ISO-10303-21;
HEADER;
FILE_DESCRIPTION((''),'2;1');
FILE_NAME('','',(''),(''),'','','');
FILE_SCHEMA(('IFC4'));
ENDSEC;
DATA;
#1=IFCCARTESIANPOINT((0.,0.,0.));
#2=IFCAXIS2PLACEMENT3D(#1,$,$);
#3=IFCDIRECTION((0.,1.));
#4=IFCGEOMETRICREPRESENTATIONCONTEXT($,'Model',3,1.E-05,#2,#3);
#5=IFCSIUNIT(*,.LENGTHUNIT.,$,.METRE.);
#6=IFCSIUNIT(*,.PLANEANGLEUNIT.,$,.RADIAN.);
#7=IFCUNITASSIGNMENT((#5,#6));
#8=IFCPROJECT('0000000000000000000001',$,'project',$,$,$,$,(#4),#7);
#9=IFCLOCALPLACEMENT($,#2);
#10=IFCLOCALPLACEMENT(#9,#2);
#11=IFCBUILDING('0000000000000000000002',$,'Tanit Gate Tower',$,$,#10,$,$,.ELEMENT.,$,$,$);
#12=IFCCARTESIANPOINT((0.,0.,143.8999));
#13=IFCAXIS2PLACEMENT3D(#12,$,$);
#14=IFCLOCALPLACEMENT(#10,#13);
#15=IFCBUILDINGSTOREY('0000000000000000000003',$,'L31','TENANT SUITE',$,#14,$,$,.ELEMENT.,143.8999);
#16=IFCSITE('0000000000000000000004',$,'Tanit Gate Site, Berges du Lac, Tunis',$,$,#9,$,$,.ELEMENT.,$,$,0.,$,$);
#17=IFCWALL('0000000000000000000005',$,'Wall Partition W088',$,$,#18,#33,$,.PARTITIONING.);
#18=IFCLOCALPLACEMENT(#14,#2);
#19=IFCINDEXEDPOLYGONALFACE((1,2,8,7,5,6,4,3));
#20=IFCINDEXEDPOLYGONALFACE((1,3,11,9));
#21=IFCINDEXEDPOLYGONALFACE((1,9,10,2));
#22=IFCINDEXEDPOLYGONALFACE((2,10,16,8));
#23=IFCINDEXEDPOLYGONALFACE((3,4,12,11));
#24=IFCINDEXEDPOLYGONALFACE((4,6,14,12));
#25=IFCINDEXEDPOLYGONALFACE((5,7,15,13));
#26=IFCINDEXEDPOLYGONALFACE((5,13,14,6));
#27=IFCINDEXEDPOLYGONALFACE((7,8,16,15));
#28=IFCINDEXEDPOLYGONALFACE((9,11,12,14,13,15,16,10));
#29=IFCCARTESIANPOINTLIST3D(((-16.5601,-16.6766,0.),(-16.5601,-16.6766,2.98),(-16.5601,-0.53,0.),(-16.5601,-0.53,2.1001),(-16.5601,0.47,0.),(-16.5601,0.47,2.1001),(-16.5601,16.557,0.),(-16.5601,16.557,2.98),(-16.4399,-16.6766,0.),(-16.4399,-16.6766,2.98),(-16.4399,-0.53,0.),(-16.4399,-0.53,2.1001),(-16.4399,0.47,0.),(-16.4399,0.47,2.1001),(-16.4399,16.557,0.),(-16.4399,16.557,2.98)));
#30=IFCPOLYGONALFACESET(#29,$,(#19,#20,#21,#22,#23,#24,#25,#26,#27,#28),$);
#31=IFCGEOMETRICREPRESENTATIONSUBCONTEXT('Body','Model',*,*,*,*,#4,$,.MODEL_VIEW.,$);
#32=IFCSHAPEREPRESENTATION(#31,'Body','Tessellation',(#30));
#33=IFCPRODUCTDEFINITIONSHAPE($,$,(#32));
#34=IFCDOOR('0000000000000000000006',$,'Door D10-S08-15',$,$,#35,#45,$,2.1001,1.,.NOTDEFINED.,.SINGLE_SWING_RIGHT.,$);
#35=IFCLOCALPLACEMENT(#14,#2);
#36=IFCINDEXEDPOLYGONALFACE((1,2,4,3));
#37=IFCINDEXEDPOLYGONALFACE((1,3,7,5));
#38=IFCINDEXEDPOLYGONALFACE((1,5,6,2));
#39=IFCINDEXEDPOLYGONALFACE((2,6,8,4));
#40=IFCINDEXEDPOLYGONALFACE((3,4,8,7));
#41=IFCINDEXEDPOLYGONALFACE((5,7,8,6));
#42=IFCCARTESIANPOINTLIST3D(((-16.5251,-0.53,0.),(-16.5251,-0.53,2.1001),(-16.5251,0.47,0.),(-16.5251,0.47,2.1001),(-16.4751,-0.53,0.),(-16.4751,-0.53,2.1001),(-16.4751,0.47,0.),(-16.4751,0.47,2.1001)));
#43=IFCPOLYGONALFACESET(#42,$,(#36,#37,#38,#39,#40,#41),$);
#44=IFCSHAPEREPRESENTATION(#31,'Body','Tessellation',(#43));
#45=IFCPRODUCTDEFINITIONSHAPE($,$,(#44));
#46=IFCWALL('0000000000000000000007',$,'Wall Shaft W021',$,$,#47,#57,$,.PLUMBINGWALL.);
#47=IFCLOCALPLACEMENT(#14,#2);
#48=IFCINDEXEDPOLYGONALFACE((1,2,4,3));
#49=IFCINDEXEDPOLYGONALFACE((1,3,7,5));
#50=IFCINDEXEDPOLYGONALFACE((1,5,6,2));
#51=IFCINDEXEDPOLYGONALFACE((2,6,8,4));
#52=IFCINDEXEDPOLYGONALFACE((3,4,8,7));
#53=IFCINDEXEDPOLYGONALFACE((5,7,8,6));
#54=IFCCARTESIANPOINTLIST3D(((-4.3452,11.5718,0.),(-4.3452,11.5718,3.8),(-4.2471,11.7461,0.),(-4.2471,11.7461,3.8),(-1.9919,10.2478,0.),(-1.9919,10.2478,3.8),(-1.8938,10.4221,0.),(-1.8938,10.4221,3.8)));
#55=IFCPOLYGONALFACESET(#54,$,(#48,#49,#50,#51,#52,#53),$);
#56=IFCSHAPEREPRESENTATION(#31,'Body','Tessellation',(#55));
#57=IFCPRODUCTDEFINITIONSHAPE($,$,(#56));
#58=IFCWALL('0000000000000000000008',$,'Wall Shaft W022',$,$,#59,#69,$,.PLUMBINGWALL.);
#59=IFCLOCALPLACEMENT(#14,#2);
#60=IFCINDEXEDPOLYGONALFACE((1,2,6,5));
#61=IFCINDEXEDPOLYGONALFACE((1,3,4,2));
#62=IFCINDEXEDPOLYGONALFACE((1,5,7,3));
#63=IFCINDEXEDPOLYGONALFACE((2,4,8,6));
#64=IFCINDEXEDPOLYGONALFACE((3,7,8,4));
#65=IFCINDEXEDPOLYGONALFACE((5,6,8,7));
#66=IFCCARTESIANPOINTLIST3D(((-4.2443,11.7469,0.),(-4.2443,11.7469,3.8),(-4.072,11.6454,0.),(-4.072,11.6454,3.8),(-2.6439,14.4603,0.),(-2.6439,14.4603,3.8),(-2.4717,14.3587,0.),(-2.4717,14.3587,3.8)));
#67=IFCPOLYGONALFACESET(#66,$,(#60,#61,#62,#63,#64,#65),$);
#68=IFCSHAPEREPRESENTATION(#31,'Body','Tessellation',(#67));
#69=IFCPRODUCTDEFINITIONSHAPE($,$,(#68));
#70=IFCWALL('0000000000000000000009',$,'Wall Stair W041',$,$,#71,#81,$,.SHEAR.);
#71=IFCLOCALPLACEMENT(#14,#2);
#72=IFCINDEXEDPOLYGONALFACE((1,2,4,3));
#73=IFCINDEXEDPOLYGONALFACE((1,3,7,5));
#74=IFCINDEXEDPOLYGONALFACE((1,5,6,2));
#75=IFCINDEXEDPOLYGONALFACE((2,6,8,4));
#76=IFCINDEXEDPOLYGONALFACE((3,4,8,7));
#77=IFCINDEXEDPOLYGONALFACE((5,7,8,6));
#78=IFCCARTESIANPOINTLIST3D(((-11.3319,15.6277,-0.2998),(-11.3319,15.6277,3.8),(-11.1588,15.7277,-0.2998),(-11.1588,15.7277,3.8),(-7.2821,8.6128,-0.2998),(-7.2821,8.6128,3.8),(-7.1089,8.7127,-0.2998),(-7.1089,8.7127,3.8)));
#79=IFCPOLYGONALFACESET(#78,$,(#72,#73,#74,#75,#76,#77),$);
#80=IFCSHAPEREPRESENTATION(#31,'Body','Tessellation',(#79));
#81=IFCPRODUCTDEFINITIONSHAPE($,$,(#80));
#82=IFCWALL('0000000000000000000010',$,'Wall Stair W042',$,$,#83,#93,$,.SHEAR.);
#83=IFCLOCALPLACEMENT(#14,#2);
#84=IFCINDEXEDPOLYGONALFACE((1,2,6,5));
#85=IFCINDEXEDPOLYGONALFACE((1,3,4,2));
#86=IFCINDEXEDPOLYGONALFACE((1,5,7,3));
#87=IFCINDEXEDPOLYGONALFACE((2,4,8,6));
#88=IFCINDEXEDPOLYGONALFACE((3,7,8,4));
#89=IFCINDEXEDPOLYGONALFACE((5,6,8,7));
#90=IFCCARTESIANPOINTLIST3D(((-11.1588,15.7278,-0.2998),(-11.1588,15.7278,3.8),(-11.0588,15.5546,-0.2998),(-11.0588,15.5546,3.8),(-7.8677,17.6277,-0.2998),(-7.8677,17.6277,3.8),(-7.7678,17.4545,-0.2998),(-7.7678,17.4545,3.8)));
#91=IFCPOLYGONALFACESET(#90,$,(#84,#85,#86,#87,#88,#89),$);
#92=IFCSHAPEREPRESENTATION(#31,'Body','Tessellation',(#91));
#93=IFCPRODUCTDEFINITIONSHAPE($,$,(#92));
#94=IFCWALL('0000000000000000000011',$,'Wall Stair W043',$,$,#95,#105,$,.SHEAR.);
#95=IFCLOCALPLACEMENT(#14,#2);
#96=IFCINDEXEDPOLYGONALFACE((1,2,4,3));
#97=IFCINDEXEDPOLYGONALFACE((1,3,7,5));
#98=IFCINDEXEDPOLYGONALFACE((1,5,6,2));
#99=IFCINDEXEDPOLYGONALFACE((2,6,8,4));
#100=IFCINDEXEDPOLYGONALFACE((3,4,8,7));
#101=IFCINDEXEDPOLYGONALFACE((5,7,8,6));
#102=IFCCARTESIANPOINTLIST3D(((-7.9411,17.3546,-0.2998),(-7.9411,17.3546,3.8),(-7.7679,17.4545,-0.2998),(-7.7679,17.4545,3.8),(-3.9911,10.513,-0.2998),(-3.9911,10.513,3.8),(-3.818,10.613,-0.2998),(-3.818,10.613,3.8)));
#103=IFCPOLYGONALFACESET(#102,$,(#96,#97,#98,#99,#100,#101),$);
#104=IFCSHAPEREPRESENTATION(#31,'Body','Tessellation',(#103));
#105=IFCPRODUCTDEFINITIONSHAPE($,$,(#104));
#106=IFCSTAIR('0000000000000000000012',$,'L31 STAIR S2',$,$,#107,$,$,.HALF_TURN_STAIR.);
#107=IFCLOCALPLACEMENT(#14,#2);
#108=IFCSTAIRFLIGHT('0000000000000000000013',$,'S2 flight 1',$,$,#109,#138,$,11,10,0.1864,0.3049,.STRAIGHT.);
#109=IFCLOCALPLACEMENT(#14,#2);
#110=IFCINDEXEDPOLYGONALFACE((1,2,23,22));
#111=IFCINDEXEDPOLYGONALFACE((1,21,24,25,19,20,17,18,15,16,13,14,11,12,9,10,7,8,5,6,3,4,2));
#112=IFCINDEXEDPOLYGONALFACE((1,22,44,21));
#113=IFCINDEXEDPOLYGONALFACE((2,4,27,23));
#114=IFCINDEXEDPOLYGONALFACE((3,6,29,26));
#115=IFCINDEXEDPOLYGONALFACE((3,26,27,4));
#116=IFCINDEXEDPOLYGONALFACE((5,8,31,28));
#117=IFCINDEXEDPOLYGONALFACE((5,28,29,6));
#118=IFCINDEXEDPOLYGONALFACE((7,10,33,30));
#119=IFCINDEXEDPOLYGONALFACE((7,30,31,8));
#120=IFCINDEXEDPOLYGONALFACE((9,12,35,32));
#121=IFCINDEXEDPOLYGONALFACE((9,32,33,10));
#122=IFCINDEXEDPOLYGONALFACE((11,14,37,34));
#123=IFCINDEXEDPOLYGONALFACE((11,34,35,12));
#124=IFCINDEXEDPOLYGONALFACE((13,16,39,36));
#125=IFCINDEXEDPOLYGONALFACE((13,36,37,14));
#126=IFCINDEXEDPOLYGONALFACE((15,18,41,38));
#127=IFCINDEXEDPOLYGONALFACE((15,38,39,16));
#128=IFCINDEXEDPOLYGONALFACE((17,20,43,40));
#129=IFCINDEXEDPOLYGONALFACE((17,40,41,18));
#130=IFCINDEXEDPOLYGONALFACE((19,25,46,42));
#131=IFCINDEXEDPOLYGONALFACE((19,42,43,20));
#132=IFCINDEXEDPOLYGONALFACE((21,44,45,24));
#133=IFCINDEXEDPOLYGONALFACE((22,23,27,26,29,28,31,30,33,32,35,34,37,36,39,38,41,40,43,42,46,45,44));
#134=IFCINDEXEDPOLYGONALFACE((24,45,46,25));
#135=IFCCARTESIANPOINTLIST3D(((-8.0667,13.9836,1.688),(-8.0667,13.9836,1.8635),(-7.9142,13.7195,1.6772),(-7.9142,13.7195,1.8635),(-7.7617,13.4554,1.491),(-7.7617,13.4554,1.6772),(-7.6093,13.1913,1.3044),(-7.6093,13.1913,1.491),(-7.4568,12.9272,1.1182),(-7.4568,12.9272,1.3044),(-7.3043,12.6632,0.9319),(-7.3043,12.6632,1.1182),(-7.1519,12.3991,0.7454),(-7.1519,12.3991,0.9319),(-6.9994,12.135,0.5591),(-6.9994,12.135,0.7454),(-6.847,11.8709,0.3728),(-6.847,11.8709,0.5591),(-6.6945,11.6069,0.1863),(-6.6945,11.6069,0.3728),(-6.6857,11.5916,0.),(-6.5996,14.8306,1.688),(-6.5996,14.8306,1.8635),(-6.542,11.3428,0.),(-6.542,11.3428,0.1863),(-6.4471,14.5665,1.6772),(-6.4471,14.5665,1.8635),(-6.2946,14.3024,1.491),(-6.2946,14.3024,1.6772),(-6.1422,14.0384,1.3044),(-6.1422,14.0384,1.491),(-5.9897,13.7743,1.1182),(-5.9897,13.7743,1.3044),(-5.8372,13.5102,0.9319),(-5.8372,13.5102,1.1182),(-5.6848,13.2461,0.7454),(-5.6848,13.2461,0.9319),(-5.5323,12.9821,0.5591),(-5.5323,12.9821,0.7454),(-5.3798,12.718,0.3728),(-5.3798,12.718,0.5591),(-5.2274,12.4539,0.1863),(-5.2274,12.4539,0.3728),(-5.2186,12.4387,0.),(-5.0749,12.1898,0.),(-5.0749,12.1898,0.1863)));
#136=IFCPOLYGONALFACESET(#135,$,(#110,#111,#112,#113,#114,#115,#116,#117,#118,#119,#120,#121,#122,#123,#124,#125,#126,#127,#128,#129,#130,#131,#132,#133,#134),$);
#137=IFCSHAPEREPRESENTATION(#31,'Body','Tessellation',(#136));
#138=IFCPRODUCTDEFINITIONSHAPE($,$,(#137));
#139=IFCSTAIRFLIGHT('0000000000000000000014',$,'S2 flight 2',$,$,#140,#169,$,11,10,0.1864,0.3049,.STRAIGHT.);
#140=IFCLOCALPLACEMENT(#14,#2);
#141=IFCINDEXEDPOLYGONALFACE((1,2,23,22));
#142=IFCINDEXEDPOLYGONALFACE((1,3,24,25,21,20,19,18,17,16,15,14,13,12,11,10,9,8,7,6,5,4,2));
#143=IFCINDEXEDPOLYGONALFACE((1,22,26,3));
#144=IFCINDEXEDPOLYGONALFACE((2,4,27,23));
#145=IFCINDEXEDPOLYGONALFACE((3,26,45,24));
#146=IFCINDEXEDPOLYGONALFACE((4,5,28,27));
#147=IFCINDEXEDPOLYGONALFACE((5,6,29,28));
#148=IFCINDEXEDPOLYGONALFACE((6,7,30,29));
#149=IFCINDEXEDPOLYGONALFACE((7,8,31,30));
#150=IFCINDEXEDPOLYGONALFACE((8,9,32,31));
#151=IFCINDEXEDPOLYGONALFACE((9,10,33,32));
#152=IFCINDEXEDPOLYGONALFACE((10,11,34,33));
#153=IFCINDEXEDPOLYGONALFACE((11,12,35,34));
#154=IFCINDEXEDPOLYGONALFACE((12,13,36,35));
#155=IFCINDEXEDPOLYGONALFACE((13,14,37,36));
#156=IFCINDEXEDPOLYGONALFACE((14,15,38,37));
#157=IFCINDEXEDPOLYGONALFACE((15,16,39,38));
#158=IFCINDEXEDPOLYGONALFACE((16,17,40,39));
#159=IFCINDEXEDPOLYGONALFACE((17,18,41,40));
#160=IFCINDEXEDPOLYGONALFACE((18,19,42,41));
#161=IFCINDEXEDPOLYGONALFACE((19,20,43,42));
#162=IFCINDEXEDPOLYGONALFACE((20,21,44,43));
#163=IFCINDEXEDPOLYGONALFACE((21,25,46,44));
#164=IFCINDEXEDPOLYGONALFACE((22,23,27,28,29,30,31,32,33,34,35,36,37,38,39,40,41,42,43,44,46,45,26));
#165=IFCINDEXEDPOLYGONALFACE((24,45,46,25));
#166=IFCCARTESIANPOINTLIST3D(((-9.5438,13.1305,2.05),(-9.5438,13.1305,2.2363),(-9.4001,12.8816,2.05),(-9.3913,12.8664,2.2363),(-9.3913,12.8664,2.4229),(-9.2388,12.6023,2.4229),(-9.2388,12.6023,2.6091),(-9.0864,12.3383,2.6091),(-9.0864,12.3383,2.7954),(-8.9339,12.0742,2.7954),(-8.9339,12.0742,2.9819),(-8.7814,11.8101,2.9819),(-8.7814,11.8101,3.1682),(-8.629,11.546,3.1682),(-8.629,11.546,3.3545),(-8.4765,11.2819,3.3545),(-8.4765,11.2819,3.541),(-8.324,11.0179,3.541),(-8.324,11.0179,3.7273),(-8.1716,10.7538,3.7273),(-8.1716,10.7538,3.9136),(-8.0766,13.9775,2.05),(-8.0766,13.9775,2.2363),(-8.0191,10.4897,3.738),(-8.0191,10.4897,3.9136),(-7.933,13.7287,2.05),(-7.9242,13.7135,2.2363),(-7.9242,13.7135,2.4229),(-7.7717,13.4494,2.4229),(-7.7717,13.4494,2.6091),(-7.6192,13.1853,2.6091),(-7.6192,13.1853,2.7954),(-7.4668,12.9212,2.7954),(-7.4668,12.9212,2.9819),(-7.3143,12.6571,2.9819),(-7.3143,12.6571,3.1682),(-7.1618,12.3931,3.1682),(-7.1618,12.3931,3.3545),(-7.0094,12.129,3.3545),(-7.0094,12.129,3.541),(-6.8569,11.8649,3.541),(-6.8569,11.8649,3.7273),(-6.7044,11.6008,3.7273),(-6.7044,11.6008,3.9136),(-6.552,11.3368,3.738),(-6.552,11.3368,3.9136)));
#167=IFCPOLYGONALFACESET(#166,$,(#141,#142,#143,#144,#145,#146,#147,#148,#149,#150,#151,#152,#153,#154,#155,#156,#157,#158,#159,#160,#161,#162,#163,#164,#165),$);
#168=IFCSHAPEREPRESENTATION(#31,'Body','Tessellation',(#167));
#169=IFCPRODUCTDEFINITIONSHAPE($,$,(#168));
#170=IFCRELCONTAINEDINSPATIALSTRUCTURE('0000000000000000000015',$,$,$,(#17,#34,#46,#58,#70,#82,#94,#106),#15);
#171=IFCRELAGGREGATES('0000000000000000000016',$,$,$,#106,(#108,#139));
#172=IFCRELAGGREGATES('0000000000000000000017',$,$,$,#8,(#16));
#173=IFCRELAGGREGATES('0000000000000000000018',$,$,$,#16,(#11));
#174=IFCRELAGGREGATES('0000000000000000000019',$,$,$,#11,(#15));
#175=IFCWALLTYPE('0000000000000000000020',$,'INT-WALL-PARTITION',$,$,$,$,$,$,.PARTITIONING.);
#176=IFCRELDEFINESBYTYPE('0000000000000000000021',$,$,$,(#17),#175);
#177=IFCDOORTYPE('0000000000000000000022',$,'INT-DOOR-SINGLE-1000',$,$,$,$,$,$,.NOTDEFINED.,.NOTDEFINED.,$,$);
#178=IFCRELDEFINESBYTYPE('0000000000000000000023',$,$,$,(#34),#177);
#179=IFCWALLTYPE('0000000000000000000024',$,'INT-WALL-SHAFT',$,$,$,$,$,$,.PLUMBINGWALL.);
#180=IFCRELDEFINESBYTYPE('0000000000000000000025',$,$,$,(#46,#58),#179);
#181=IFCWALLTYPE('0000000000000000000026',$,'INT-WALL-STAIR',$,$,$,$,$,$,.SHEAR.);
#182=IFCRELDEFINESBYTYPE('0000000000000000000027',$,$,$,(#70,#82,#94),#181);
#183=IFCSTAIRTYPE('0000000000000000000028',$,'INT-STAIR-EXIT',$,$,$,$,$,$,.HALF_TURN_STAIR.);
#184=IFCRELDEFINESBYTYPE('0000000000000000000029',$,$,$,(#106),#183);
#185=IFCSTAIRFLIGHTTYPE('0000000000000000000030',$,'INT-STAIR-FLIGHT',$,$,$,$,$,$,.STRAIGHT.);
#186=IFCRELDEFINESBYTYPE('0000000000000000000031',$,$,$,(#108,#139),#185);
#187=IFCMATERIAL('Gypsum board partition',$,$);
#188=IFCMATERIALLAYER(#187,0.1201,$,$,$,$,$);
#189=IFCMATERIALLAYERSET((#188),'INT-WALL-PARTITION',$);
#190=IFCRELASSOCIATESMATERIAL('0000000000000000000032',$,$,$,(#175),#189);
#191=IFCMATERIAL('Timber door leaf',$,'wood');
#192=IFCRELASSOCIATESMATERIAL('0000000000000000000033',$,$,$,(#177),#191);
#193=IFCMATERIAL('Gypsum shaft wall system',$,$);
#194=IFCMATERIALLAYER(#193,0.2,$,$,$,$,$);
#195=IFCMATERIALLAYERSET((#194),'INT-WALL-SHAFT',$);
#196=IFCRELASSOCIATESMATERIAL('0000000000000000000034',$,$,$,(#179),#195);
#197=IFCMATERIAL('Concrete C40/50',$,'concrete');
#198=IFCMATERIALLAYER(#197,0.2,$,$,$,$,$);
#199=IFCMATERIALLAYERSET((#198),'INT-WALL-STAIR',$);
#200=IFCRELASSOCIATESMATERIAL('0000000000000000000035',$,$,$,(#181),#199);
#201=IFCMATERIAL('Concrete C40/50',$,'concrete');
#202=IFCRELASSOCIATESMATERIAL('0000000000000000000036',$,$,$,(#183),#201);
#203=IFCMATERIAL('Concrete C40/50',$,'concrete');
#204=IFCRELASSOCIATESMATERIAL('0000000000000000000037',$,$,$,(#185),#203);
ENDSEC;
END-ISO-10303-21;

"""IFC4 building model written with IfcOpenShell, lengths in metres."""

from ifc_helpers import new_model, si_unit, direction, frame, frame_2d, origin, place, context, subcontext, project, spatial, polyline, rectangle, outline, extrude, material, layer, layer_set, type_object, element, fill, aggregate, save


model = new_model("IFC4")

# Units and contexts
model_context = context("Model", 3, precision=1e-05, world=origin(), true_north=direction((0.0, 1.0)))
body_context = subcontext(model_context, "Body", "Model", "MODEL_VIEW")
ifc_project = project(units=[si_unit("LENGTHUNIT", "METRE"), si_unit("PLANEANGLEUNIT", "RADIAN")], contexts=[model_context])

# Site, building, storey
site_placement = place(None, origin())
site = spatial("IfcSite", under=ifc_project, at=site_placement, Name="Tanit Gate Site, Berges du Lac, Tunis", CompositionType="ELEMENT", RefElevation=0.0)
building_placement = place(site_placement, origin())
building = spatial("IfcBuilding", under=site, at=building_placement, Name="Tanit Gate Tower", CompositionType="ELEMENT")
storey_placement = place(building_placement, frame((0.0, 0.0, 143.8999)))
storey = spatial("IfcBuildingStorey", under=building, at=storey_placement, Name="L31", Description="TENANT SUITE", CompositionType="ELEMENT", Elevation=143.8999)

# Wall, opening, door
ifc_material_1 = material(Name="Gypsum board partition")
ifc_layer_1 = layer(ifc_material_1, 0.1201)
ifc_layer_set_1 = layer_set([ifc_layer_1], Name="INT-WALL-PARTITION")
wall_type_1 = type_object("IfcWallType", Name="INT-WALL-PARTITION", PredefinedType="PARTITIONING", material=ifc_layer_set_1)
wall_1_placement = place(storey_placement, frame((-16.5, 16.5569, 0.0), z_axis=(0.0, 0.0, 1.0), x_axis=(0.0, -1.0, 0.0)))
wall_1 = element("IfcWall", 1, at=wall_1_placement, inside=storey, type_object=wall_type_1, Name="Wall Partition W088", PredefinedType="PARTITIONING", context=body_context, shape_type="SweptSolid", body=[
    extrude(rectangle(XDim=33.2336, YDim=0.1201, at=frame_2d((16.6167, 0.0))), origin(), (0.0, 0.0, 1.0), 2.98),
])
opening_1_placement = place(wall_1_placement, frame((16.0869, 0.0, 0.0)))
opening_1 = element("IfcOpeningElement", 2, at=opening_1_placement, cuts=wall_1, PredefinedType="OPENING", context=body_context, shape_type="SweptSolid", body=[
    extrude(rectangle(XDim=1.0, YDim=2.1001, at=frame_2d((0.5, 1.05))), frame((0.0, 0.0701, 0.0), z_axis=(0.0, -1.0, 0.0), x_axis=(1.0, 0.0, 0.0)), (0.0, 0.0, 1.0), 0.1401),
])
ifc_material_2 = material(Name="Timber door leaf", Category="wood")
door_type_1 = type_object("IfcDoorType", Name="INT-DOOR-SINGLE-1000", OperationType="NOTDEFINED", PredefinedType="NOTDEFINED", material=ifc_material_2)
door_1_placement = place(opening_1_placement, origin())
door_1 = element("IfcDoor", 3, at=door_1_placement, inside=storey, type_object=door_type_1, Name="Door D10-S08-15", OperationType="SINGLE_SWING_RIGHT", OverallHeight=2.1001, OverallWidth=1.0, PredefinedType="NOTDEFINED", context=body_context, shape_type="SweptSolid", body=[
    extrude(rectangle(XDim=1.0, YDim=2.1001, at=frame_2d((0.5, 1.05))), frame((0.0, 0.0249, 0.0), z_axis=(0.0, -1.0, 0.0), x_axis=(1.0, 0.0, 0.0)), (0.0, 0.0, 1.0), 0.05),
])
fill(opening_1, door_1)

# Walls
ifc_material_3 = material(Name="Gypsum shaft wall system")
ifc_layer_2 = layer(ifc_material_3, 0.2)
ifc_layer_set_2 = layer_set([ifc_layer_2], Name="INT-WALL-SHAFT")
wall_type_2 = type_object("IfcWallType", Name="INT-WALL-SHAFT", PredefinedType="PLUMBINGWALL", material=ifc_layer_set_2)
wall_2_placement = place(storey_placement, frame((-4.2961, 11.6589, 0.0), z_axis=(0.0, 0.0, 1.0), x_axis=(0.871534, -0.490334, 0.0)))
element("IfcWall", 4, at=wall_2_placement, inside=storey, type_object=wall_type_2, Name="Wall Shaft W021", PredefinedType="PLUMBINGWALL", context=body_context, shape_type="SweptSolid", body=[
    extrude(rectangle(XDim=2.7002, YDim=0.2, at=frame_2d((1.3501, 0.0))), origin(), (0.0, 0.0, 1.0), 3.8),
])
wall_3_placement = place(storey_placement, frame((-4.1582, 11.696, 0.0), z_axis=(0.0, 0.0, 1.0), x_axis=(0.508019, 0.861346, 0.0)))
element("IfcWall", 5, at=wall_3_placement, inside=storey, type_object=wall_type_2, Name="Wall Shaft W022", PredefinedType="PLUMBINGWALL", context=body_context, shape_type="SweptSolid", body=[
    extrude(rectangle(XDim=3.1501, YDim=0.2, at=frame_2d((1.5752, 0.0))), origin(), (0.0, 0.0, 1.0), 3.8),
])
ifc_material_4 = material(Name="Concrete C40/50", Category="concrete")
ifc_layer_3 = layer(ifc_material_4, 0.2)
ifc_layer_set_3 = layer_set([ifc_layer_3], Name="INT-WALL-STAIR")
wall_type_3 = type_object("IfcWallType", Name="INT-WALL-STAIR", PredefinedType="SHEAR", material=ifc_layer_set_3)
wall_4_placement = place(storey_placement, frame((-11.2454, 15.6777, -0.2998), z_axis=(0.0, 0.0, 1.0), x_axis=(0.499977, -0.866039, 0.0)))
element("IfcWall", 6, at=wall_4_placement, inside=storey, type_object=wall_type_3, Name="Wall Stair W041", PredefinedType="SHEAR", context=body_context, shape_type="SweptSolid", body=[
    extrude(rectangle(XDim=8.1001, YDim=0.2, at=frame_2d((4.05, 0.0))), origin(), (0.0, 0.0, 1.0), 4.0999),
])
wall_5_placement = place(storey_placement, frame((-7.8179, 17.541, -0.2998), z_axis=(0.0, 0.0, 1.0), x_axis=(-0.866044, -0.499967, 0.0)))
element("IfcWall", 7, at=wall_5_placement, inside=storey, type_object=wall_type_3, Name="Wall Stair W042", PredefinedType="SHEAR", context=body_context, shape_type="SweptSolid", body=[
    extrude(rectangle(XDim=3.8, YDim=0.2, at=frame_2d((1.8999, 0.0))), origin(), (0.0, 0.0, 1.0), 4.0999),
])
wall_6_placement = place(storey_placement, frame((-7.8545, 17.4045, -0.2998), z_axis=(0.0, 0.0, 1.0), x_axis=(0.499998, -0.866027, 0.0)))
element("IfcWall", 8, at=wall_6_placement, inside=storey, type_object=wall_type_3, Name="Wall Stair W043", PredefinedType="SHEAR", context=body_context, shape_type="SweptSolid", body=[
    extrude(rectangle(XDim=7.8999, YDim=0.2, at=frame_2d((3.95, 0.0))), origin(), (0.0, 0.0, 1.0), 4.0999),
])

# Stair, stair flights
ifc_material_5 = material(Name="Concrete C40/50", Category="concrete")
stair_type = type_object("IfcStairType", Name="INT-STAIR-EXIT", PredefinedType="HALF_TURN_STAIR", material=ifc_material_5)
stair_placement = place(storey_placement, origin())
stair = element("IfcStair", 9, at=stair_placement, inside=storey, type_object=stair_type, Name="L31 STAIR S2", PredefinedType="HALF_TURN_STAIR")
ifc_material_6 = material(Name="Concrete C40/50", Category="concrete")
stair_flight_type = type_object("IfcStairFlightType", Name="INT-STAIR-FLIGHT", PredefinedType="STRAIGHT", material=ifc_material_6)
stair_flight_1_placement = place(storey_placement, frame((-5.8083, 11.7664, 0.0), z_axis=(0.0, 0.0, 1.0), x_axis=(-0.5, 0.866025, 0.0)))
stair_flight_1 = element("IfcStairFlight", 10, at=stair_flight_1_placement, type_object=stair_flight_type, Name="S2 flight 1", NumberOfRisers=11, NumberOfTreads=10, PredefinedType="STRAIGHT", RiserHeight=0.1864, TreadLength=0.3049, context=body_context, shape_type="SweptSolid", body=[
    extrude(outline(polyline([(0.0, 0.0), (0.0, 0.1863), (0.3049, 0.1863), (0.3049, 0.3728), (0.6099, 0.3728), (0.6099, 0.5591), (0.9148, 0.5591), (0.9148, 0.7454), (1.2197, 0.7454), (1.2197, 0.9319), (1.5247, 0.9319), (1.5247, 1.1182), (1.8296, 1.1182), (1.8296, 1.3044), (2.1345, 1.3044), (2.1345, 1.491), (2.4395, 1.491), (2.4395, 1.6772), (2.7444, 1.6772), (2.7444, 1.8635), (3.0493, 1.8635), (3.0493, 2.05), (3.0493, 1.688), (0.2874, 0.0), (0.0, 0.0)])), frame((0.0, 0.8472, 0.0), z_axis=(0.0, -1.0, 0.0), x_axis=(1.0, 0.0, 0.0)), (0.0, 0.0, 1.0), 1.6941),
])
stair_flight_2_placement = place(storey_placement, frame((-8.8103, 13.554, 2.05), z_axis=(0.0, 0.0, 1.0), x_axis=(0.5, -0.866025, 0.0)))
stair_flight_2 = element("IfcStairFlight", 11, at=stair_flight_2_placement, type_object=stair_flight_type, Name="S2 flight 2", NumberOfRisers=11, NumberOfTreads=10, PredefinedType="STRAIGHT", RiserHeight=0.1864, TreadLength=0.3049, context=body_context, shape_type="SweptSolid", body=[
    extrude(outline(polyline([(0.0, 0.0), (0.0, 0.1863), (0.3049, 0.1863), (0.3049, 0.3728), (0.6099, 0.3728), (0.6099, 0.5591), (0.9148, 0.5591), (0.9148, 0.7454), (1.2197, 0.7454), (1.2197, 0.9319), (1.5247, 0.9319), (1.5247, 1.1182), (1.8296, 1.1182), (1.8296, 1.3044), (2.1345, 1.3044), (2.1345, 1.491), (2.4395, 1.491), (2.4395, 1.6772), (2.7444, 1.6772), (2.7444, 1.8635), (3.0493, 1.8635), (3.0493, 2.05), (3.0493, 1.688), (0.2874, 0.0), (0.0, 0.0)])), frame((0.0, 0.8472, 0.0), z_axis=(0.0, -1.0, 0.0), x_axis=(1.0, 0.0, 0.0)), (0.0, 0.0, 1.0), 1.6941),
])
aggregate(stair, [stair_flight_1, stair_flight_2])

save(model, "model.ifc")
